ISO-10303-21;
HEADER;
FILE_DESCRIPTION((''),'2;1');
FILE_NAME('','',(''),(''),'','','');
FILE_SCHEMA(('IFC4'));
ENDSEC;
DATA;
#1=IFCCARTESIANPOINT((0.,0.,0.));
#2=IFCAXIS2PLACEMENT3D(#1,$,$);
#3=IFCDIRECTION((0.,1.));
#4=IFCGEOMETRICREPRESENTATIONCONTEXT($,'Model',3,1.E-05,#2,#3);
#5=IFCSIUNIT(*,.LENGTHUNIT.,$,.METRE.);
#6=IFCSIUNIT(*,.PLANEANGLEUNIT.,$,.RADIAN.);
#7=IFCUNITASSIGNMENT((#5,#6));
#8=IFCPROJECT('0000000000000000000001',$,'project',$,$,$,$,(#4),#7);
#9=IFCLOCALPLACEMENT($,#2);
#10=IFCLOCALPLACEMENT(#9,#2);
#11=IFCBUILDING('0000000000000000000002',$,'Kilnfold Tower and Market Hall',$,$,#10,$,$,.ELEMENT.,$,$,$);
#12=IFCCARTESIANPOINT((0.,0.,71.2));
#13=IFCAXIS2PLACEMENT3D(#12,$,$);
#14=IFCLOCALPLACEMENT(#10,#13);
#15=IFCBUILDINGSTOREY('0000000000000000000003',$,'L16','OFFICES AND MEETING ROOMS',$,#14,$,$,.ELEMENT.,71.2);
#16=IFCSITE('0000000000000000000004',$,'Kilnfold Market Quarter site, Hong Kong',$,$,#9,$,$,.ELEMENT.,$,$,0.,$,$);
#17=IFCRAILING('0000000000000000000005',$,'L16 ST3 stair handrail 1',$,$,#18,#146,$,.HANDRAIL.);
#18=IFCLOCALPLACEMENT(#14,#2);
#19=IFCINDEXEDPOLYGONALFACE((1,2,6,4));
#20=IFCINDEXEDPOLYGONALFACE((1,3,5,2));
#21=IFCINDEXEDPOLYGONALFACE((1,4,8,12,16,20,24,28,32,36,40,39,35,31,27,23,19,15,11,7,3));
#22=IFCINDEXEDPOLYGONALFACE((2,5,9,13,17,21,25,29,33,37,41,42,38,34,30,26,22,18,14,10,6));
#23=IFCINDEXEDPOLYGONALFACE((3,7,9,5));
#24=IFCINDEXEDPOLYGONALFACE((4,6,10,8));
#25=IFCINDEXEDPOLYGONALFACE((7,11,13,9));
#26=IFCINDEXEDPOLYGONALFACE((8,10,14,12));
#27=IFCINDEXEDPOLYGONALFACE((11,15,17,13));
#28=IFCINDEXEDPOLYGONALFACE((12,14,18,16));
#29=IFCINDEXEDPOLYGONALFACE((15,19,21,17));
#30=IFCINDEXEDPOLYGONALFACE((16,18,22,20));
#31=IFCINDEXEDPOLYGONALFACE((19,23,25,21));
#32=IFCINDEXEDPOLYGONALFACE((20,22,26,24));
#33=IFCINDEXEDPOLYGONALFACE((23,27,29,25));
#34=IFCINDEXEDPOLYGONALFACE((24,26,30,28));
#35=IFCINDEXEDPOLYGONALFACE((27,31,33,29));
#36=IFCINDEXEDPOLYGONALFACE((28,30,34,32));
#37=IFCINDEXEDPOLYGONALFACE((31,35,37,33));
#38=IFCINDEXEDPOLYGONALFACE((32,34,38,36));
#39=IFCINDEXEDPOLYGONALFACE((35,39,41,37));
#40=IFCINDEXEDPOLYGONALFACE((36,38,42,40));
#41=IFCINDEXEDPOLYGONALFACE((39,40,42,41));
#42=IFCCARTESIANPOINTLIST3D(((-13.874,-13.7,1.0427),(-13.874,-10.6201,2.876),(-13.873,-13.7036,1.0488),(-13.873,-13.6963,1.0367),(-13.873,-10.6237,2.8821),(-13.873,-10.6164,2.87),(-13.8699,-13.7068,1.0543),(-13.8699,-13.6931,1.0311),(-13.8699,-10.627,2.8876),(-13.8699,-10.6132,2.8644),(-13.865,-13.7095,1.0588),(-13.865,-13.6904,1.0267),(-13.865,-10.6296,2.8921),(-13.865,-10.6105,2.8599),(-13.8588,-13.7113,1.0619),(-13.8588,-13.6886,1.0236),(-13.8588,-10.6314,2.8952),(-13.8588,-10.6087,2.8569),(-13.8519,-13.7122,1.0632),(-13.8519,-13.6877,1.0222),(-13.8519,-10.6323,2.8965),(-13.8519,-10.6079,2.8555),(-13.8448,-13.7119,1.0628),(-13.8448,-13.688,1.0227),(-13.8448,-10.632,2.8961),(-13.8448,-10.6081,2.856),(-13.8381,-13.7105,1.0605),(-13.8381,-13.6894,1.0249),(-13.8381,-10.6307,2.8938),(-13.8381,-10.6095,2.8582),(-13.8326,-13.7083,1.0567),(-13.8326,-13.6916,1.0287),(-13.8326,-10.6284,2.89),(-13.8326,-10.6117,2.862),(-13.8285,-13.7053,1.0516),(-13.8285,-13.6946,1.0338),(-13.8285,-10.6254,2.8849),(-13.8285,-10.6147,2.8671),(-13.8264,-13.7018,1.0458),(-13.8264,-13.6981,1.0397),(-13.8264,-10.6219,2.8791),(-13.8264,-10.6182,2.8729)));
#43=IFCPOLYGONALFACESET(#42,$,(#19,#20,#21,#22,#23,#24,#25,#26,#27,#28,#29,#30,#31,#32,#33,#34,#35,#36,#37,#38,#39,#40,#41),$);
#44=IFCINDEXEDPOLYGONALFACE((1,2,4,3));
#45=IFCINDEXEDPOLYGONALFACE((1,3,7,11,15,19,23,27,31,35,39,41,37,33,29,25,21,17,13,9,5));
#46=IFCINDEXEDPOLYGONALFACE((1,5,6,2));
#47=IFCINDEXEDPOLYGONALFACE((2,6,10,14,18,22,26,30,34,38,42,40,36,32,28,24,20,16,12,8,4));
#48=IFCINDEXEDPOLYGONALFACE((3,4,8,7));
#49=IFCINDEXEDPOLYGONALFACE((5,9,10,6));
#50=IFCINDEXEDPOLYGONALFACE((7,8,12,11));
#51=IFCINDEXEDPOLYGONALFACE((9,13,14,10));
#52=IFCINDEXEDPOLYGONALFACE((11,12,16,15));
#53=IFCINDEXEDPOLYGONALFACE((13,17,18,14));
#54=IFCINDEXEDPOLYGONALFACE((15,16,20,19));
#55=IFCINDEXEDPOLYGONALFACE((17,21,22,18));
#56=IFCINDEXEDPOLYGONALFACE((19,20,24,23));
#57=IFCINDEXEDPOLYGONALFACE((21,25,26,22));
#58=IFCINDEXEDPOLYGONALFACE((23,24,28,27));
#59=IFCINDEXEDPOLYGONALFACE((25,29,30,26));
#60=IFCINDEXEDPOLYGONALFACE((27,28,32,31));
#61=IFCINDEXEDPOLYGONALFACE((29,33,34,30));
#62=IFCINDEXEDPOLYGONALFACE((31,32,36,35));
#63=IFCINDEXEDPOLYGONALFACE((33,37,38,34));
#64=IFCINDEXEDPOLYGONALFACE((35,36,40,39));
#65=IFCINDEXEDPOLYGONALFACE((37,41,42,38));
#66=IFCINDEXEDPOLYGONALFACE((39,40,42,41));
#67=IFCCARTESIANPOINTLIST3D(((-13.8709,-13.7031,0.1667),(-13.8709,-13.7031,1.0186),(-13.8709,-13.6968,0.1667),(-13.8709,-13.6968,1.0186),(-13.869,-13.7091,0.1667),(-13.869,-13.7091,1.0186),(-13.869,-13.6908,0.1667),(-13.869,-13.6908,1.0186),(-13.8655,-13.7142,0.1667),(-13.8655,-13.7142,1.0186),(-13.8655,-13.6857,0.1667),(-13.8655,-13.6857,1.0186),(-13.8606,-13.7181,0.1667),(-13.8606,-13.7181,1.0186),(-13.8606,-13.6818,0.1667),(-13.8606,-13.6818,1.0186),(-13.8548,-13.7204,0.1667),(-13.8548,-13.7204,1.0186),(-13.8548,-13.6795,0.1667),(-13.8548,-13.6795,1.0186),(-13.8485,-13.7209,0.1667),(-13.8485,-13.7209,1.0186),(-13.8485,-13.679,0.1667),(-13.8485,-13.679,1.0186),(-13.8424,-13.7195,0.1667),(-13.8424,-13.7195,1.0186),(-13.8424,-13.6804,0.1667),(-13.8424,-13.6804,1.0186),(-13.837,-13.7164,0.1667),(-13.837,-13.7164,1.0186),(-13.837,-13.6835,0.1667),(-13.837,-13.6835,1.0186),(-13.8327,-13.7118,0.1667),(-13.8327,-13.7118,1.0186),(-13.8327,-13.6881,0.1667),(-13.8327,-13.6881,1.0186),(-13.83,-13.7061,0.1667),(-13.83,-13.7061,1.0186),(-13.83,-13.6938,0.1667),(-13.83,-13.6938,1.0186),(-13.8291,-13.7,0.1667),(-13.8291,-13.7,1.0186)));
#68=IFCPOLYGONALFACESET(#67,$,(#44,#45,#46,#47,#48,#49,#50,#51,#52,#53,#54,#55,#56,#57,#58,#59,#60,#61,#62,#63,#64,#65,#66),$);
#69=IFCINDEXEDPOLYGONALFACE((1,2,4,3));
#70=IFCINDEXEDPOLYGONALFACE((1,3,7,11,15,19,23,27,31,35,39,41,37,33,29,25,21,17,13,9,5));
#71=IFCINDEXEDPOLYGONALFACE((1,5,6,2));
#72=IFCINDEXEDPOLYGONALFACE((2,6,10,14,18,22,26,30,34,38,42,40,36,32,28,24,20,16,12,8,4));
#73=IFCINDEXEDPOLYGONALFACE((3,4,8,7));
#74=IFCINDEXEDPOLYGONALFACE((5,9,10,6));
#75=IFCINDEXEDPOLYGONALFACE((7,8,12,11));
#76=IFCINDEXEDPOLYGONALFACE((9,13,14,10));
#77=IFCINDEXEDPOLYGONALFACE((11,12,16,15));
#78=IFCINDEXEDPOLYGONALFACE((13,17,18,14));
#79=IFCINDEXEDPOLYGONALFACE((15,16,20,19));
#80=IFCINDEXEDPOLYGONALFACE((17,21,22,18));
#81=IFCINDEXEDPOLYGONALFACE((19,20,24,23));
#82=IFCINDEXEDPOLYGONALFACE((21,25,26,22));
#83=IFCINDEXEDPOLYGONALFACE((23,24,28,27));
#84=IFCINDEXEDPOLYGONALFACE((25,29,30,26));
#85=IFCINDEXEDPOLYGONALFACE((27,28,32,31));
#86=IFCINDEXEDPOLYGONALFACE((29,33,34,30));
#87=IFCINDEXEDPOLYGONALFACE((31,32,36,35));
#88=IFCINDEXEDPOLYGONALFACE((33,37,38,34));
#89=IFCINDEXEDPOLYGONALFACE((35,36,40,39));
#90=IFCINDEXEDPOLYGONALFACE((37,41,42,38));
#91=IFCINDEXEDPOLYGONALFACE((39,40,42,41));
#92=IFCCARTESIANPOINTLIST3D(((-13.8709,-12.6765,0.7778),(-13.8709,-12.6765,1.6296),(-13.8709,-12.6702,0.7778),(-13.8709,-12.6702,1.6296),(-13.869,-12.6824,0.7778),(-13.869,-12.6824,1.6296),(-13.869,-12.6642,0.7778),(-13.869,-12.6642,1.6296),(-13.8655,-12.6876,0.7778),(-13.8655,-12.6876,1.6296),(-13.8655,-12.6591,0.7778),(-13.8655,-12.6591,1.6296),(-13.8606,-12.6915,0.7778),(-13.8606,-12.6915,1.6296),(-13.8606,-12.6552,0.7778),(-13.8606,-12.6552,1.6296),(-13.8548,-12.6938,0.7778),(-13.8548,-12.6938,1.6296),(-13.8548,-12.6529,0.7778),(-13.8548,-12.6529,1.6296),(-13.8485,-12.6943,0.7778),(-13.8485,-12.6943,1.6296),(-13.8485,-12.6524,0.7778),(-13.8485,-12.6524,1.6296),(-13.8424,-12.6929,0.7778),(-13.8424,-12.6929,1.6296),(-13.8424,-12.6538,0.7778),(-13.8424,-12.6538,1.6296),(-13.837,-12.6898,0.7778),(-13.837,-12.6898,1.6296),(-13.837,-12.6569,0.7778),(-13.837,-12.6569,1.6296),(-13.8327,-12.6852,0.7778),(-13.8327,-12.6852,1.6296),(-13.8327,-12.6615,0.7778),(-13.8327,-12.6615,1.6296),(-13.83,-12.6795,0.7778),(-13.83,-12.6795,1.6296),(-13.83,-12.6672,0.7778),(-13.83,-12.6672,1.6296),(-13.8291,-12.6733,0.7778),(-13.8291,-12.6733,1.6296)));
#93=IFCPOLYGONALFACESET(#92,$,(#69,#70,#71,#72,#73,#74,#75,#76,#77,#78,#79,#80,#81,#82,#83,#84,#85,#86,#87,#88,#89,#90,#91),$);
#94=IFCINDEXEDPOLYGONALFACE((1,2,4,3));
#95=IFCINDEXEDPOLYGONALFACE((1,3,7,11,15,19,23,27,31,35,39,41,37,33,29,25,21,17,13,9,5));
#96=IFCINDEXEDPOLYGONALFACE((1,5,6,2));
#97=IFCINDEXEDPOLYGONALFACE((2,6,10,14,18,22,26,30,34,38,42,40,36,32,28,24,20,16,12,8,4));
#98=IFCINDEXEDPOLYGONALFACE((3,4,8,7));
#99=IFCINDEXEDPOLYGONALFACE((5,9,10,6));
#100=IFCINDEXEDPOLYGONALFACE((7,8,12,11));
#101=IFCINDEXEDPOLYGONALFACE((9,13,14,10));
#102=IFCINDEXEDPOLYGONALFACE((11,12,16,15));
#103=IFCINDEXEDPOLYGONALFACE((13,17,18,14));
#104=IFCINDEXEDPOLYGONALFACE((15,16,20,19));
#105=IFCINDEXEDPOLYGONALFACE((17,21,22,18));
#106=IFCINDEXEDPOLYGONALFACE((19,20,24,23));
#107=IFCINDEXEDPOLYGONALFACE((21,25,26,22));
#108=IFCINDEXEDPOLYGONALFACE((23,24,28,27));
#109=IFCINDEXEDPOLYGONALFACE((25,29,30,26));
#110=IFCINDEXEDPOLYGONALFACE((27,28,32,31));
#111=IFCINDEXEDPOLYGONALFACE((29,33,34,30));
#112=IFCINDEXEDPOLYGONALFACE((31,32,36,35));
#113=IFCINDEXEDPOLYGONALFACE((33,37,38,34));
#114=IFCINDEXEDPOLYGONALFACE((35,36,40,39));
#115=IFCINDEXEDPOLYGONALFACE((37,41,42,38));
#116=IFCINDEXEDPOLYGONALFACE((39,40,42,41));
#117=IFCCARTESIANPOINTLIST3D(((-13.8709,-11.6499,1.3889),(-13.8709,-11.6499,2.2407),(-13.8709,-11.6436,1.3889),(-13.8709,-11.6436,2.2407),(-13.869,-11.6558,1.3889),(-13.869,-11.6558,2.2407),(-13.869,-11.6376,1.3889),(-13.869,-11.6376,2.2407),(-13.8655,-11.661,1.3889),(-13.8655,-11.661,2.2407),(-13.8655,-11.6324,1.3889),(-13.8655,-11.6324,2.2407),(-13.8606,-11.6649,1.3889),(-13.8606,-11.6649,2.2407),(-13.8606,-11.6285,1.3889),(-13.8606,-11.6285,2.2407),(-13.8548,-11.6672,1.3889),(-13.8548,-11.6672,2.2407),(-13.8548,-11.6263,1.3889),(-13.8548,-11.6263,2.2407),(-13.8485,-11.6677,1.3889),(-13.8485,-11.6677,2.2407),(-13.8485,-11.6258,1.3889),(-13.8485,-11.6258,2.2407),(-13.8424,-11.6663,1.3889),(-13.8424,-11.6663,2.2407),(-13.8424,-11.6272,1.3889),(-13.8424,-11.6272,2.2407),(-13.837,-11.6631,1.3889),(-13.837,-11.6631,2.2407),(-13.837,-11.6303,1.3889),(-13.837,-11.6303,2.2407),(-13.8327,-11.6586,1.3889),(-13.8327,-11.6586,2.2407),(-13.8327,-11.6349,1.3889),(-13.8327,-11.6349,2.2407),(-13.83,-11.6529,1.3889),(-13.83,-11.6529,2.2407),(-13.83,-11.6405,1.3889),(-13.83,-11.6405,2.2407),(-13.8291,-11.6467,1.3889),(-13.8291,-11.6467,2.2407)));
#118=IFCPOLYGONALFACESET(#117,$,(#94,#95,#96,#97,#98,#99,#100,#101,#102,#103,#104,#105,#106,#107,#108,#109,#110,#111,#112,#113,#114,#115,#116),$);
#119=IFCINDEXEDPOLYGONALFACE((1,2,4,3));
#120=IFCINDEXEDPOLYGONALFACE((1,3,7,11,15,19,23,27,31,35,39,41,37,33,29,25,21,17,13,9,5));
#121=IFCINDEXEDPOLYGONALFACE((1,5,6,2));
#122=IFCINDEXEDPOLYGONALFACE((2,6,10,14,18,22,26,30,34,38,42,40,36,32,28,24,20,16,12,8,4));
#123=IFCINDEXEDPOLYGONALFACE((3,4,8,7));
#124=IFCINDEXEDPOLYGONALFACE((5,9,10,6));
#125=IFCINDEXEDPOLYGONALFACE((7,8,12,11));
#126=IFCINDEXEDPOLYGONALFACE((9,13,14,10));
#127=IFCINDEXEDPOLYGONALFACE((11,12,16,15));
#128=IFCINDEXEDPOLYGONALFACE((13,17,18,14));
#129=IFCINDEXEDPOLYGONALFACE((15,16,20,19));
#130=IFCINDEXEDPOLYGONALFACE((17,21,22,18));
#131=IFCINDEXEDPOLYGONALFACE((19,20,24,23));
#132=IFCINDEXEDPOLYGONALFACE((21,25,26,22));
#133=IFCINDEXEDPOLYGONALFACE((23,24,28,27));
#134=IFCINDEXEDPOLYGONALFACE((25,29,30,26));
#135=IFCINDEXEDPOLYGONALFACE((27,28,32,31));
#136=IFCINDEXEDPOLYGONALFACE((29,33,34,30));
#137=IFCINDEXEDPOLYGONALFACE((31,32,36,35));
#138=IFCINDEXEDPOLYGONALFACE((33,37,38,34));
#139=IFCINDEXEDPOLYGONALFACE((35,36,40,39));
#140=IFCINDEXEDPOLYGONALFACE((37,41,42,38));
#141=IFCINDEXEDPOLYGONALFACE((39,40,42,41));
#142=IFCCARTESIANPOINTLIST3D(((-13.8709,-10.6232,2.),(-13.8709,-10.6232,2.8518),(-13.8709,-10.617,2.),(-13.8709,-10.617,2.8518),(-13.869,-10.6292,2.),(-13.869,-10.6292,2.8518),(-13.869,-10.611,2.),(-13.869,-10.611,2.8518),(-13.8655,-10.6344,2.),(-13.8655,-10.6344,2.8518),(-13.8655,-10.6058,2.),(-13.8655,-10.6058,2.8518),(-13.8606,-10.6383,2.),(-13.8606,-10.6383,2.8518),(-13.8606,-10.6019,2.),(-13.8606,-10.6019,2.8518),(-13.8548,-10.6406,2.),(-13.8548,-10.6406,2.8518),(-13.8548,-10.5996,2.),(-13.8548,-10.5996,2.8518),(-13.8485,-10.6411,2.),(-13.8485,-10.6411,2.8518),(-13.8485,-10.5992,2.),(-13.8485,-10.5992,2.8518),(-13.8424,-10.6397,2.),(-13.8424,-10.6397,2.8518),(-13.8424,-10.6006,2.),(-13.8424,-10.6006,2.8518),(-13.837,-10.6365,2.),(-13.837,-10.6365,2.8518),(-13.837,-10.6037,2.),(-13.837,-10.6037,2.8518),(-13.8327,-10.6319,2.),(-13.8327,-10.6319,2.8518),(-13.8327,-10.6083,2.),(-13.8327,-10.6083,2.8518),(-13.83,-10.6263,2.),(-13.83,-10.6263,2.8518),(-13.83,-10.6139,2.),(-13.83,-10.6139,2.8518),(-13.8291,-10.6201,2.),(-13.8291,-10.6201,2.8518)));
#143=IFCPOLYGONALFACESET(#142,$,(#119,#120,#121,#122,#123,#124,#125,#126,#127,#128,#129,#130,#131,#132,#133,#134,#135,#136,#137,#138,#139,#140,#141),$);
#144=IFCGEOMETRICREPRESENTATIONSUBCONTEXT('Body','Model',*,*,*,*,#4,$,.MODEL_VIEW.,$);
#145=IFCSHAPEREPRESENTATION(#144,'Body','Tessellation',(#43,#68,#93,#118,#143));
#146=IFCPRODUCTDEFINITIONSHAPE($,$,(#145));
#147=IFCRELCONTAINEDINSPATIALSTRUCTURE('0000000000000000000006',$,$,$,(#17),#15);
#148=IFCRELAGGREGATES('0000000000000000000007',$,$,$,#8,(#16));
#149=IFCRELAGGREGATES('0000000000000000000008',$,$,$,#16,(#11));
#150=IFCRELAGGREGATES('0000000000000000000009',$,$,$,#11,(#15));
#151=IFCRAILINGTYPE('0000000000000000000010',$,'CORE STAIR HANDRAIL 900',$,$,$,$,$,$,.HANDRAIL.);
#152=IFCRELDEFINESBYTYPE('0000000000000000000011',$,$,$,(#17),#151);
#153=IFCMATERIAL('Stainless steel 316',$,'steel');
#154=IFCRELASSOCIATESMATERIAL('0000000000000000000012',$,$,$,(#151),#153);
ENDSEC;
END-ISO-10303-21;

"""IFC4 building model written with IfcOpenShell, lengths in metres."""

from ifc_helpers import new_model, si_unit, direction, frame, origin, origin_2d, place, context, subcontext, project, spatial, circle, extrude, material, type_object, element, save


model = new_model("IFC4")

# Units and contexts
model_context = context("Model", 3, precision=1e-05, world=origin(), true_north=direction((0.0, 1.0)))
body_context = subcontext(model_context, "Body", "Model", "MODEL_VIEW")
ifc_project = project(units=[si_unit("LENGTHUNIT", "METRE"), si_unit("PLANEANGLEUNIT", "RADIAN")], contexts=[model_context])

# Site, building, storey
site_placement = place(None, origin())
site = spatial("IfcSite", under=ifc_project, at=site_placement, Name="Kilnfold Market Quarter site, Hong Kong", CompositionType="ELEMENT", RefElevation=0.0)
building_placement = place(site_placement, origin())
building = spatial("IfcBuilding", under=site, at=building_placement, Name="Kilnfold Tower and Market Hall", CompositionType="ELEMENT")
storey_placement = place(building_placement, frame((0.0, 0.0, 71.2)))
storey = spatial("IfcBuildingStorey", under=building, at=storey_placement, Name="L16", Description="OFFICES AND MEETING ROOMS", CompositionType="ELEMENT", Elevation=71.2)

# Railing
ifc_material_1 = material(Name="Stainless steel 316", Category="steel")
railing_type_1 = type_object("IfcRailingType", Name="CORE STAIR HANDRAIL 900", PredefinedType="HANDRAIL", material=ifc_material_1)
railing_1_placement = place(storey_placement, frame((-13.8501, -13.7, 0.1667)))
element("IfcRailing", 1, at=railing_1_placement, inside=storey, type_object=railing_type_1, Name="L16 ST3 stair handrail 1", PredefinedType="HANDRAIL", context=body_context, shape_type="SweptSolid", body=[
    extrude(circle(Radius=0.0239, at=origin_2d()), frame((0.0, 0.0, 0.876), z_axis=(0.0, 0.859291, 0.511487), x_axis=(-1.0, 0.0, 0.0)), (0.0, 0.0, 1.0), 3.5842),
    extrude(circle(Radius=0.021, at=origin_2d()), origin(), (0.0, 0.0, 1.0), 0.8518),
    extrude(circle(Radius=0.021, at=origin_2d()), frame((0.0, 1.0266, 0.6111)), (0.0, 0.0, 1.0), 0.8518),
    extrude(circle(Radius=0.021, at=origin_2d()), frame((0.0, 2.0532, 1.2222)), (0.0, 0.0, 1.0), 0.8518),
    extrude(circle(Radius=0.021, at=origin_2d()), frame((0.0, 3.0798, 1.8333)), (0.0, 0.0, 1.0), 0.8518),
])

save(model, "model.ifc")
